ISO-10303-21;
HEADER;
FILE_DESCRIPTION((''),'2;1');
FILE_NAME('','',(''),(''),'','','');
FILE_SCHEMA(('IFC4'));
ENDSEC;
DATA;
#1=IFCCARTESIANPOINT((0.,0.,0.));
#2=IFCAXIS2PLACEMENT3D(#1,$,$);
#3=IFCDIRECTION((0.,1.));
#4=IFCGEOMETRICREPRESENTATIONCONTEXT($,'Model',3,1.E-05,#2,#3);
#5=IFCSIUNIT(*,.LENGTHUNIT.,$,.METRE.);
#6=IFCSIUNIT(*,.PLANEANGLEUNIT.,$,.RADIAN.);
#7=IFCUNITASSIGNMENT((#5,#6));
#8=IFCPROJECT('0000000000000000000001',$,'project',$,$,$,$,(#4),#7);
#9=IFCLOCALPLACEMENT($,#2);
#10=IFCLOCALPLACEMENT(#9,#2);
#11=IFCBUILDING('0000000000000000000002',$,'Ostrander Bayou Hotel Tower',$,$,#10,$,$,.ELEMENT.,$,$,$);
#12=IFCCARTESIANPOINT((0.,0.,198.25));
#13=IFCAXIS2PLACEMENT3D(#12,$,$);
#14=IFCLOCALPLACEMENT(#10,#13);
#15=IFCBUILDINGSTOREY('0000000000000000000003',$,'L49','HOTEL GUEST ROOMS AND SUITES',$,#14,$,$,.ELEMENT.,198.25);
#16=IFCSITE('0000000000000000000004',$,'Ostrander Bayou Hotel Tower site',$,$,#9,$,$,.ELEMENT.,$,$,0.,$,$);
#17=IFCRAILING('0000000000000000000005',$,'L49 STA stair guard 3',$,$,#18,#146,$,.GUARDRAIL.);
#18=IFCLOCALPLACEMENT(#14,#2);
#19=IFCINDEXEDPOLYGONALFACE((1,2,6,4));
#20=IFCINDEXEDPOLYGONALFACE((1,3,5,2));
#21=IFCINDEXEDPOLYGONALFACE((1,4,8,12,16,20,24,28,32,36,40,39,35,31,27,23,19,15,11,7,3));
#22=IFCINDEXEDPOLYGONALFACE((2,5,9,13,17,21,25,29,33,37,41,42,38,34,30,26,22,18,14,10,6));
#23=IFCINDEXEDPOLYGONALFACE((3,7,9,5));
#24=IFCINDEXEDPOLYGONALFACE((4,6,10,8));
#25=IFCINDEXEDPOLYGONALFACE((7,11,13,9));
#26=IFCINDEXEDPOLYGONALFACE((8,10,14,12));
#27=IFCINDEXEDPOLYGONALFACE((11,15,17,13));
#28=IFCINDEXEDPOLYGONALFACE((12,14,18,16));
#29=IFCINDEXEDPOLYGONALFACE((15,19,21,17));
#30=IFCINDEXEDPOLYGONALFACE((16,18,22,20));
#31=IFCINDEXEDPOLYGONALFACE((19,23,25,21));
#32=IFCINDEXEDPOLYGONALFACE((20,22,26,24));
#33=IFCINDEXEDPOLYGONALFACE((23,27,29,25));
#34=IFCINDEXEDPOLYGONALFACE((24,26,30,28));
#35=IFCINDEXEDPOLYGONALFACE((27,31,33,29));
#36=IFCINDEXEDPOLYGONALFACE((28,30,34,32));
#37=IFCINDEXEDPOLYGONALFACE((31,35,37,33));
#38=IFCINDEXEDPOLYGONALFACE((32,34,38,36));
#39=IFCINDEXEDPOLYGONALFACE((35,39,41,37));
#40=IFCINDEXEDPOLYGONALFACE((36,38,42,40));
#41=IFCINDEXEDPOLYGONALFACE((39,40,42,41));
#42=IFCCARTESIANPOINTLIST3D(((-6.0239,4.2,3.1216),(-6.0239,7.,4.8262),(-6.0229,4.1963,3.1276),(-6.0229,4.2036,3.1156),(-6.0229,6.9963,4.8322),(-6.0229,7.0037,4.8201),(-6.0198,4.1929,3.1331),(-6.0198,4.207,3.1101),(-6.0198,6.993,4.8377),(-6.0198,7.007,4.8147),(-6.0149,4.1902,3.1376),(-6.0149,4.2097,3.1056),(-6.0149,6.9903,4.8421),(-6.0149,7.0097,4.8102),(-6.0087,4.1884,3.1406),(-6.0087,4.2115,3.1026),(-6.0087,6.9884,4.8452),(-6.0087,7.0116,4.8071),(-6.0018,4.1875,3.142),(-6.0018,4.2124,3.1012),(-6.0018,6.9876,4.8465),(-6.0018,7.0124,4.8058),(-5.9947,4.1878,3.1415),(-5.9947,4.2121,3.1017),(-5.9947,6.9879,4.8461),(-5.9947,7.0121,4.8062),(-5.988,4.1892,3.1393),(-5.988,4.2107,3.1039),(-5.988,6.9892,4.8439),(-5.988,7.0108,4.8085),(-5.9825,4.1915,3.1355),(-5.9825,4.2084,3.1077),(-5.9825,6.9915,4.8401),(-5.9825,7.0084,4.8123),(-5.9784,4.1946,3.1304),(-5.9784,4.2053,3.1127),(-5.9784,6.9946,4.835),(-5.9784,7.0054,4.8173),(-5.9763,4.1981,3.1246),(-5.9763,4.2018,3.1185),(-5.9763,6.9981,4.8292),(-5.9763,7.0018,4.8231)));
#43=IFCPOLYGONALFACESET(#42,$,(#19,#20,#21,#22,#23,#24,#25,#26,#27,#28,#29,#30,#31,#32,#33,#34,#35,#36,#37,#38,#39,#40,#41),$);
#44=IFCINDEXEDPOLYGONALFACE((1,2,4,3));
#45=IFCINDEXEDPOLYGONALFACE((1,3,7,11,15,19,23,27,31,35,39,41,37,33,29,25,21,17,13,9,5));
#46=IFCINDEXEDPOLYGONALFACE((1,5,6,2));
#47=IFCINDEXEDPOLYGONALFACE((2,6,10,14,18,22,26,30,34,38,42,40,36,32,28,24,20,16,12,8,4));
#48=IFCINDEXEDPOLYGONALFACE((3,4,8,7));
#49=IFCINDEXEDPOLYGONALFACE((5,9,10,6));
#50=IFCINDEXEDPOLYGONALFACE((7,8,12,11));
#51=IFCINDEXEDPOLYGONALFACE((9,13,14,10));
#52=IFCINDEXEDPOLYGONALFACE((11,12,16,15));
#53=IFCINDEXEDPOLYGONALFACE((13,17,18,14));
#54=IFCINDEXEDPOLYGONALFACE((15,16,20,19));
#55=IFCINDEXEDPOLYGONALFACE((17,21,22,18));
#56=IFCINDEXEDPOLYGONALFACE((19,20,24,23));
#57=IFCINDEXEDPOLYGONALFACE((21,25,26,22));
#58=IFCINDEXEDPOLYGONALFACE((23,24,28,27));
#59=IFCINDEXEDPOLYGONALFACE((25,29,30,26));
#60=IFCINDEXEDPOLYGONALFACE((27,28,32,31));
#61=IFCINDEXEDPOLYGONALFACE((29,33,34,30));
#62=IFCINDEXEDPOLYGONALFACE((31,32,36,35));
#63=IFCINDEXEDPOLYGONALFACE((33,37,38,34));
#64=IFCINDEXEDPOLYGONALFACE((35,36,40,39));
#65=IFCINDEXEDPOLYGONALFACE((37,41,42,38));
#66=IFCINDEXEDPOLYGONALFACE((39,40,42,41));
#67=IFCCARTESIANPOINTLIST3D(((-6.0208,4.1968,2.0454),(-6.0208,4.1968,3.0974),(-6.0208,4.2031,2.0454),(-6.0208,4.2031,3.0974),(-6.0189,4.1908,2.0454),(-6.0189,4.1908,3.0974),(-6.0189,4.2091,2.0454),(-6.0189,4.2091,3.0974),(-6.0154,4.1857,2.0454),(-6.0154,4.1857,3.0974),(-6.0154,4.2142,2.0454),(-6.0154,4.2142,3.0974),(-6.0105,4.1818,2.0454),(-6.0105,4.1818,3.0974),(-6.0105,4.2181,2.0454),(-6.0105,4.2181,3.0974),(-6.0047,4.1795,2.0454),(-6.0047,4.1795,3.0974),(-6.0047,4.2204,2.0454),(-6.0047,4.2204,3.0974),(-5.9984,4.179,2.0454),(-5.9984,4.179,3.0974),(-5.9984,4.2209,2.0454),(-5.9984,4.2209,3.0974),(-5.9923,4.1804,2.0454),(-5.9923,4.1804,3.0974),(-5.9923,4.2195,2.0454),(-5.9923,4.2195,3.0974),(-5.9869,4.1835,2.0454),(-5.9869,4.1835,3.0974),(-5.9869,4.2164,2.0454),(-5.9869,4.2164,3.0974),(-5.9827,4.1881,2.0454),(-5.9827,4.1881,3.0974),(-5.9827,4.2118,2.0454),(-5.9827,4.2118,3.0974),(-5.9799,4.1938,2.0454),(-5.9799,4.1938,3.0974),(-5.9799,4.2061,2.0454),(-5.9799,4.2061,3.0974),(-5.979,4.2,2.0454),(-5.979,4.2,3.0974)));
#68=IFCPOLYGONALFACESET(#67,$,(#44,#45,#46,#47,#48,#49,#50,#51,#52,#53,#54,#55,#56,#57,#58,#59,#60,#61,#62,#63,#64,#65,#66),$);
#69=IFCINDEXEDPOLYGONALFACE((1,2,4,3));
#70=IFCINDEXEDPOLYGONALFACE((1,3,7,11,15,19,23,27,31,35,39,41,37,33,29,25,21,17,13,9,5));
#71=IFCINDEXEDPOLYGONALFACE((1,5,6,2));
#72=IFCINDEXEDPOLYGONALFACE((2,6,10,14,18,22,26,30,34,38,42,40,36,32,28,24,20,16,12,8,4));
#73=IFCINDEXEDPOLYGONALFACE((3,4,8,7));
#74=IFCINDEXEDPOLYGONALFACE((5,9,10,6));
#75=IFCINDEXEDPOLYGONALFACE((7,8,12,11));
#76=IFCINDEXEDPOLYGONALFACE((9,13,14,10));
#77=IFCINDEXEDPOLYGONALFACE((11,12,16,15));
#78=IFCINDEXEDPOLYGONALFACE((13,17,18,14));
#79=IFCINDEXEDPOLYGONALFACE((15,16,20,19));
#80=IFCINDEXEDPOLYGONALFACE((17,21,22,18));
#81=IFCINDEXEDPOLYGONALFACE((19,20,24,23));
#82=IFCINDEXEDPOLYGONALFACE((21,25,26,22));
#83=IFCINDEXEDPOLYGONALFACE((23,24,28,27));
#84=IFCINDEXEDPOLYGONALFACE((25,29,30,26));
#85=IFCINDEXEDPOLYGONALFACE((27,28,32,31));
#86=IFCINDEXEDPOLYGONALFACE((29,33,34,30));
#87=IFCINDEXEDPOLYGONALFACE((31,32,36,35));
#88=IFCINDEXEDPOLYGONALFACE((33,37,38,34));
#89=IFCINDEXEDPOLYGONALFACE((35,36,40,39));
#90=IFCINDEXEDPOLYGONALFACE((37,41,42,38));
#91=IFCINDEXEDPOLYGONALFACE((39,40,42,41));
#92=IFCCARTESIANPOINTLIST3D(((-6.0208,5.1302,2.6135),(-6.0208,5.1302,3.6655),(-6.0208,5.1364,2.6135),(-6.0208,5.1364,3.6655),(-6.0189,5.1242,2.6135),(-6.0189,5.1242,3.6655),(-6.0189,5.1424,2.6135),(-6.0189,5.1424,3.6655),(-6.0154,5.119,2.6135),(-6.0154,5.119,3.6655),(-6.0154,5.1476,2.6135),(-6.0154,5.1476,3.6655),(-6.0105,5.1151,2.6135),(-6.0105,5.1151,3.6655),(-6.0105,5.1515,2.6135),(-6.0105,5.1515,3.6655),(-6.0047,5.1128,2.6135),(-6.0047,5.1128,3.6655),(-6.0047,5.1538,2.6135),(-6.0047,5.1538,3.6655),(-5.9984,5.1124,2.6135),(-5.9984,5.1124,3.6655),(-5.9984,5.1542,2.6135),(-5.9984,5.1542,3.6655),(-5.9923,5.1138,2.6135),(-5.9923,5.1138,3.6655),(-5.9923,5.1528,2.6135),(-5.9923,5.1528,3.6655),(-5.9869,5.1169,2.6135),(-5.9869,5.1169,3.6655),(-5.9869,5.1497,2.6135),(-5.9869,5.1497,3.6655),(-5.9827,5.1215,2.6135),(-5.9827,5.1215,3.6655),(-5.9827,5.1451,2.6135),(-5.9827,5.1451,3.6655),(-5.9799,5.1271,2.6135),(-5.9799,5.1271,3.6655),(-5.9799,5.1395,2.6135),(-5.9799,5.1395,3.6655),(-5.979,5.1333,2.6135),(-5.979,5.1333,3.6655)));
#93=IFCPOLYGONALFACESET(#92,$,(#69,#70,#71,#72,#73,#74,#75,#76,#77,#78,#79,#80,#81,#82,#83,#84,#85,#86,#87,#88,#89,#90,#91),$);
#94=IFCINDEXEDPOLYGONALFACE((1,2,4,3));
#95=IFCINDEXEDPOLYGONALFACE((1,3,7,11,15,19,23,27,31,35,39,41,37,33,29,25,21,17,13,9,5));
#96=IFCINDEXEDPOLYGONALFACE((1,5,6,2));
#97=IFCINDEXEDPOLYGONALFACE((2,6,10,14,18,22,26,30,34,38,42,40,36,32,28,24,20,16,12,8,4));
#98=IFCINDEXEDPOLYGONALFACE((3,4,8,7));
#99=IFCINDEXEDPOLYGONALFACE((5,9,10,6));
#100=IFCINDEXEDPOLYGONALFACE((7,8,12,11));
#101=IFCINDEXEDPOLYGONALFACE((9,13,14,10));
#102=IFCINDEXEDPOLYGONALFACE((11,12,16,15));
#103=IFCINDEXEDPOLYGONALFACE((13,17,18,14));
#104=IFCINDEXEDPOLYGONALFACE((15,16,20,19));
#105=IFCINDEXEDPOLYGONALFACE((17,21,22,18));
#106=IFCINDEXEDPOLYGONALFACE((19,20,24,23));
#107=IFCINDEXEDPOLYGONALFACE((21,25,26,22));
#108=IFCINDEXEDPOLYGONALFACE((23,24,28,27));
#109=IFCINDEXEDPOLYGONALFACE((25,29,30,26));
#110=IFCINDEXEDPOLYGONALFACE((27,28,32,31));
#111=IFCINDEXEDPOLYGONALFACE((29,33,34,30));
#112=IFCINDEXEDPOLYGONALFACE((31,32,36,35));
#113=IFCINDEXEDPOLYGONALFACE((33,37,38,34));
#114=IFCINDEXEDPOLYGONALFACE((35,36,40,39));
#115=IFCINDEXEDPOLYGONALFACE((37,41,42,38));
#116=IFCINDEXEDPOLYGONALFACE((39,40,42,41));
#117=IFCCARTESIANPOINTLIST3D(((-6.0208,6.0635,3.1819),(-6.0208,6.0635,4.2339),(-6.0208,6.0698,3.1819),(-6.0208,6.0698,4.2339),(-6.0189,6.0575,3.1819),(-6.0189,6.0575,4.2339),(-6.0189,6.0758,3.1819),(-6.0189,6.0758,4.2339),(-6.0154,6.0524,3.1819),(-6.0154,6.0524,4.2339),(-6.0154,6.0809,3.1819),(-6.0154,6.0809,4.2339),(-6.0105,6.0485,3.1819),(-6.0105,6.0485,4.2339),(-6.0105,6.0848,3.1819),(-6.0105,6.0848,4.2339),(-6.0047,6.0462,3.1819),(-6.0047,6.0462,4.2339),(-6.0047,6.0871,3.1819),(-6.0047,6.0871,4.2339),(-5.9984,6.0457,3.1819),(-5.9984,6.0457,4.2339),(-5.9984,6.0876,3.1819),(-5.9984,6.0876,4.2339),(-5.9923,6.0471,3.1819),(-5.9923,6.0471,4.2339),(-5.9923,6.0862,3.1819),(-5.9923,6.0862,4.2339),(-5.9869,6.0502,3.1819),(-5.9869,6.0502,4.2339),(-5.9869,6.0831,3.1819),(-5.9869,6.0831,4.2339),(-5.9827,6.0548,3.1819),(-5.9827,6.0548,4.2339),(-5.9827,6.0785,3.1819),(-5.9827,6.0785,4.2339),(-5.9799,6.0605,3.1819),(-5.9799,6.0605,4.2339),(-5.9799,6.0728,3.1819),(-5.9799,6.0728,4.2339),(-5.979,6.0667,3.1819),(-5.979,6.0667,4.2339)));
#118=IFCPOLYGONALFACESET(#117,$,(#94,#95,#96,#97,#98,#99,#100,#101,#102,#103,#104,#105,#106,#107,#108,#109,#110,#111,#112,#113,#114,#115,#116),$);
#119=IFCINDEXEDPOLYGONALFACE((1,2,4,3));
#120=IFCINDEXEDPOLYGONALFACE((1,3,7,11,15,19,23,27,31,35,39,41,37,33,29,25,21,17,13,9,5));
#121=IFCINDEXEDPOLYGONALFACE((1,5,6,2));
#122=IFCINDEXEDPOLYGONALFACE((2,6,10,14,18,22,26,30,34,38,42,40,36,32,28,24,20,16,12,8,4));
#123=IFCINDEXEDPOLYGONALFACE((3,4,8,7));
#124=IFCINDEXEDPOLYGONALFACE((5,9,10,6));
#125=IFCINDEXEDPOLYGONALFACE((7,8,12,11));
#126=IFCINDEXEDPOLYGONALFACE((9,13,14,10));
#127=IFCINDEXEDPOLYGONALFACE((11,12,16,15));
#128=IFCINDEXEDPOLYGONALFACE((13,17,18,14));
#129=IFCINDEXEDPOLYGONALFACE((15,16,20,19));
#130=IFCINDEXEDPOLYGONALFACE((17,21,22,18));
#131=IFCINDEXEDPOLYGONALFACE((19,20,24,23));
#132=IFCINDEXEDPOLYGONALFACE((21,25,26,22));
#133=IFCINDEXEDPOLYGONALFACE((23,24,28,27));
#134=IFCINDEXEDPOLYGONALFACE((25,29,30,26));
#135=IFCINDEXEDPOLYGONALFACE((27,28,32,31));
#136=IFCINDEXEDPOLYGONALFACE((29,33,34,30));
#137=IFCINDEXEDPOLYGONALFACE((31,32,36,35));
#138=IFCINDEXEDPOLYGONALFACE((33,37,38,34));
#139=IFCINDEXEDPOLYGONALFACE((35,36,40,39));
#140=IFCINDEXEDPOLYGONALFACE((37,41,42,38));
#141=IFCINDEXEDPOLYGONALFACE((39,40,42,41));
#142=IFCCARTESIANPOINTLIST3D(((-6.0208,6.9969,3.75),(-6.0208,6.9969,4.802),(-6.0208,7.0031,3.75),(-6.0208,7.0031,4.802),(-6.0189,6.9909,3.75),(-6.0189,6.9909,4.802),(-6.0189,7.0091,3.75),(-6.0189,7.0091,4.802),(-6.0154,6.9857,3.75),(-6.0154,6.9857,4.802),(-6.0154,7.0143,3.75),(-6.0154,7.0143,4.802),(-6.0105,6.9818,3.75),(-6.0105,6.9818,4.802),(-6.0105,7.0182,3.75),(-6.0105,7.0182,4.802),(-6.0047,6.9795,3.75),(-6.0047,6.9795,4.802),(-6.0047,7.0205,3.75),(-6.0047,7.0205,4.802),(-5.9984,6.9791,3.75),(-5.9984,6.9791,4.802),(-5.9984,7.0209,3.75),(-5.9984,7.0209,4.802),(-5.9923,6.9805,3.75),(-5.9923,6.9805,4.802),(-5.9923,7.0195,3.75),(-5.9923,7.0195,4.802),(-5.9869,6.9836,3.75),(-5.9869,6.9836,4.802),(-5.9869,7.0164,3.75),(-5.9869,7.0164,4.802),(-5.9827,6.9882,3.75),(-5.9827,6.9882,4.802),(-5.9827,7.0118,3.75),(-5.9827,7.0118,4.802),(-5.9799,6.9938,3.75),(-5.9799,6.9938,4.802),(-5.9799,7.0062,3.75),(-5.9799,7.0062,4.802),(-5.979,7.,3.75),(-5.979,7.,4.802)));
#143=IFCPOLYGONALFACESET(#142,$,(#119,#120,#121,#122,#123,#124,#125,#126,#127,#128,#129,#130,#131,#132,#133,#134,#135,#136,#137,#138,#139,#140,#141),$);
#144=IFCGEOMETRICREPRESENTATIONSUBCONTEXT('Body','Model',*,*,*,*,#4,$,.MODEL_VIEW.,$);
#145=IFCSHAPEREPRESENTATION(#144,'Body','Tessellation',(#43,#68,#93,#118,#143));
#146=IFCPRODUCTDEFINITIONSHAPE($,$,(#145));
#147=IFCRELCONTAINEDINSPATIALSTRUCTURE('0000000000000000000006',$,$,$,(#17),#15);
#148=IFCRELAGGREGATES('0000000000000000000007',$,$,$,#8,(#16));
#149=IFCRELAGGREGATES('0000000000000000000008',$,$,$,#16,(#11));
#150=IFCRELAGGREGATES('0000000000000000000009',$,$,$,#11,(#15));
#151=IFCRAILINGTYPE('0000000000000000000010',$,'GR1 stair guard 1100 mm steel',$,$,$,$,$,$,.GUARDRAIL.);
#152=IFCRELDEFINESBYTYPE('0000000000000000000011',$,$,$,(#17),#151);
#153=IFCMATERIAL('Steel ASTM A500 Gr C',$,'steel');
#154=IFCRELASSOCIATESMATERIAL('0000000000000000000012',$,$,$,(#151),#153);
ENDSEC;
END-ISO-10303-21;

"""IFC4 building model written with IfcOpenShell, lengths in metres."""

from ifc_helpers import new_model, si_unit, direction, frame, origin, origin_2d, place, context, subcontext, project, spatial, circle, extrude, material, type_object, element, save


model = new_model("IFC4")

# Units and contexts
model_context = context("Model", 3, precision=1e-05, world=origin(), true_north=direction((0.0, 1.0)))
body_context = subcontext(model_context, "Body", "Model", "MODEL_VIEW")
ifc_project = project(units=[si_unit("LENGTHUNIT", "METRE"), si_unit("PLANEANGLEUNIT", "RADIAN")], contexts=[model_context])

# Site, building, storey
site_placement = place(None, origin())
site = spatial("IfcSite", under=ifc_project, at=site_placement, Name="Ostrander Bayou Hotel Tower site", CompositionType="ELEMENT", RefElevation=0.0)
building_placement = place(site_placement, origin())
building = spatial("IfcBuilding", under=site, at=building_placement, Name="Ostrander Bayou Hotel Tower", CompositionType="ELEMENT")
storey_placement = place(building_placement, frame((0.0, 0.0, 198.25)))
storey = spatial("IfcBuildingStorey", under=building, at=storey_placement, Name="L49", Description="HOTEL GUEST ROOMS AND SUITES", CompositionType="ELEMENT", Elevation=198.25)

# Railing
ifc_material_1 = material(Name="Steel ASTM A500 Gr C", Category="steel")
railing_type_1 = type_object("IfcRailingType", Name="GR1 stair guard 1100 mm steel", PredefinedType="GUARDRAIL", material=ifc_material_1)
railing_1_placement = place(storey_placement, frame((-6.0, 4.2, 2.0454)))
element("IfcRailing", 1, at=railing_1_placement, inside=storey, type_object=railing_type_1, Name="L49 STA stair guard 3", PredefinedType="GUARDRAIL", context=body_context, shape_type="SweptSolid", body=[
    extrude(circle(Radius=0.0239, at=origin_2d()), frame((0.0, 0.0, 1.0762), z_axis=(0.0, 0.85417, 0.519994), x_axis=(-1.0, 0.0, 0.0)), (0.0, 0.0, 1.0), 3.2781),
    extrude(circle(Radius=0.021, at=origin_2d()), origin(), (0.0, 0.0, 1.0), 1.052),
    extrude(circle(Radius=0.021, at=origin_2d()), frame((0.0, 0.9333, 0.5681)), (0.0, 0.0, 1.0), 1.052),
    extrude(circle(Radius=0.021, at=origin_2d()), frame((0.0, 1.8667, 1.1365)), (0.0, 0.0, 1.0), 1.052),
    extrude(circle(Radius=0.021, at=origin_2d()), frame((0.0, 2.8, 1.7046)), (0.0, 0.0, 1.0), 1.052),
])

save(model, "model.ifc")
